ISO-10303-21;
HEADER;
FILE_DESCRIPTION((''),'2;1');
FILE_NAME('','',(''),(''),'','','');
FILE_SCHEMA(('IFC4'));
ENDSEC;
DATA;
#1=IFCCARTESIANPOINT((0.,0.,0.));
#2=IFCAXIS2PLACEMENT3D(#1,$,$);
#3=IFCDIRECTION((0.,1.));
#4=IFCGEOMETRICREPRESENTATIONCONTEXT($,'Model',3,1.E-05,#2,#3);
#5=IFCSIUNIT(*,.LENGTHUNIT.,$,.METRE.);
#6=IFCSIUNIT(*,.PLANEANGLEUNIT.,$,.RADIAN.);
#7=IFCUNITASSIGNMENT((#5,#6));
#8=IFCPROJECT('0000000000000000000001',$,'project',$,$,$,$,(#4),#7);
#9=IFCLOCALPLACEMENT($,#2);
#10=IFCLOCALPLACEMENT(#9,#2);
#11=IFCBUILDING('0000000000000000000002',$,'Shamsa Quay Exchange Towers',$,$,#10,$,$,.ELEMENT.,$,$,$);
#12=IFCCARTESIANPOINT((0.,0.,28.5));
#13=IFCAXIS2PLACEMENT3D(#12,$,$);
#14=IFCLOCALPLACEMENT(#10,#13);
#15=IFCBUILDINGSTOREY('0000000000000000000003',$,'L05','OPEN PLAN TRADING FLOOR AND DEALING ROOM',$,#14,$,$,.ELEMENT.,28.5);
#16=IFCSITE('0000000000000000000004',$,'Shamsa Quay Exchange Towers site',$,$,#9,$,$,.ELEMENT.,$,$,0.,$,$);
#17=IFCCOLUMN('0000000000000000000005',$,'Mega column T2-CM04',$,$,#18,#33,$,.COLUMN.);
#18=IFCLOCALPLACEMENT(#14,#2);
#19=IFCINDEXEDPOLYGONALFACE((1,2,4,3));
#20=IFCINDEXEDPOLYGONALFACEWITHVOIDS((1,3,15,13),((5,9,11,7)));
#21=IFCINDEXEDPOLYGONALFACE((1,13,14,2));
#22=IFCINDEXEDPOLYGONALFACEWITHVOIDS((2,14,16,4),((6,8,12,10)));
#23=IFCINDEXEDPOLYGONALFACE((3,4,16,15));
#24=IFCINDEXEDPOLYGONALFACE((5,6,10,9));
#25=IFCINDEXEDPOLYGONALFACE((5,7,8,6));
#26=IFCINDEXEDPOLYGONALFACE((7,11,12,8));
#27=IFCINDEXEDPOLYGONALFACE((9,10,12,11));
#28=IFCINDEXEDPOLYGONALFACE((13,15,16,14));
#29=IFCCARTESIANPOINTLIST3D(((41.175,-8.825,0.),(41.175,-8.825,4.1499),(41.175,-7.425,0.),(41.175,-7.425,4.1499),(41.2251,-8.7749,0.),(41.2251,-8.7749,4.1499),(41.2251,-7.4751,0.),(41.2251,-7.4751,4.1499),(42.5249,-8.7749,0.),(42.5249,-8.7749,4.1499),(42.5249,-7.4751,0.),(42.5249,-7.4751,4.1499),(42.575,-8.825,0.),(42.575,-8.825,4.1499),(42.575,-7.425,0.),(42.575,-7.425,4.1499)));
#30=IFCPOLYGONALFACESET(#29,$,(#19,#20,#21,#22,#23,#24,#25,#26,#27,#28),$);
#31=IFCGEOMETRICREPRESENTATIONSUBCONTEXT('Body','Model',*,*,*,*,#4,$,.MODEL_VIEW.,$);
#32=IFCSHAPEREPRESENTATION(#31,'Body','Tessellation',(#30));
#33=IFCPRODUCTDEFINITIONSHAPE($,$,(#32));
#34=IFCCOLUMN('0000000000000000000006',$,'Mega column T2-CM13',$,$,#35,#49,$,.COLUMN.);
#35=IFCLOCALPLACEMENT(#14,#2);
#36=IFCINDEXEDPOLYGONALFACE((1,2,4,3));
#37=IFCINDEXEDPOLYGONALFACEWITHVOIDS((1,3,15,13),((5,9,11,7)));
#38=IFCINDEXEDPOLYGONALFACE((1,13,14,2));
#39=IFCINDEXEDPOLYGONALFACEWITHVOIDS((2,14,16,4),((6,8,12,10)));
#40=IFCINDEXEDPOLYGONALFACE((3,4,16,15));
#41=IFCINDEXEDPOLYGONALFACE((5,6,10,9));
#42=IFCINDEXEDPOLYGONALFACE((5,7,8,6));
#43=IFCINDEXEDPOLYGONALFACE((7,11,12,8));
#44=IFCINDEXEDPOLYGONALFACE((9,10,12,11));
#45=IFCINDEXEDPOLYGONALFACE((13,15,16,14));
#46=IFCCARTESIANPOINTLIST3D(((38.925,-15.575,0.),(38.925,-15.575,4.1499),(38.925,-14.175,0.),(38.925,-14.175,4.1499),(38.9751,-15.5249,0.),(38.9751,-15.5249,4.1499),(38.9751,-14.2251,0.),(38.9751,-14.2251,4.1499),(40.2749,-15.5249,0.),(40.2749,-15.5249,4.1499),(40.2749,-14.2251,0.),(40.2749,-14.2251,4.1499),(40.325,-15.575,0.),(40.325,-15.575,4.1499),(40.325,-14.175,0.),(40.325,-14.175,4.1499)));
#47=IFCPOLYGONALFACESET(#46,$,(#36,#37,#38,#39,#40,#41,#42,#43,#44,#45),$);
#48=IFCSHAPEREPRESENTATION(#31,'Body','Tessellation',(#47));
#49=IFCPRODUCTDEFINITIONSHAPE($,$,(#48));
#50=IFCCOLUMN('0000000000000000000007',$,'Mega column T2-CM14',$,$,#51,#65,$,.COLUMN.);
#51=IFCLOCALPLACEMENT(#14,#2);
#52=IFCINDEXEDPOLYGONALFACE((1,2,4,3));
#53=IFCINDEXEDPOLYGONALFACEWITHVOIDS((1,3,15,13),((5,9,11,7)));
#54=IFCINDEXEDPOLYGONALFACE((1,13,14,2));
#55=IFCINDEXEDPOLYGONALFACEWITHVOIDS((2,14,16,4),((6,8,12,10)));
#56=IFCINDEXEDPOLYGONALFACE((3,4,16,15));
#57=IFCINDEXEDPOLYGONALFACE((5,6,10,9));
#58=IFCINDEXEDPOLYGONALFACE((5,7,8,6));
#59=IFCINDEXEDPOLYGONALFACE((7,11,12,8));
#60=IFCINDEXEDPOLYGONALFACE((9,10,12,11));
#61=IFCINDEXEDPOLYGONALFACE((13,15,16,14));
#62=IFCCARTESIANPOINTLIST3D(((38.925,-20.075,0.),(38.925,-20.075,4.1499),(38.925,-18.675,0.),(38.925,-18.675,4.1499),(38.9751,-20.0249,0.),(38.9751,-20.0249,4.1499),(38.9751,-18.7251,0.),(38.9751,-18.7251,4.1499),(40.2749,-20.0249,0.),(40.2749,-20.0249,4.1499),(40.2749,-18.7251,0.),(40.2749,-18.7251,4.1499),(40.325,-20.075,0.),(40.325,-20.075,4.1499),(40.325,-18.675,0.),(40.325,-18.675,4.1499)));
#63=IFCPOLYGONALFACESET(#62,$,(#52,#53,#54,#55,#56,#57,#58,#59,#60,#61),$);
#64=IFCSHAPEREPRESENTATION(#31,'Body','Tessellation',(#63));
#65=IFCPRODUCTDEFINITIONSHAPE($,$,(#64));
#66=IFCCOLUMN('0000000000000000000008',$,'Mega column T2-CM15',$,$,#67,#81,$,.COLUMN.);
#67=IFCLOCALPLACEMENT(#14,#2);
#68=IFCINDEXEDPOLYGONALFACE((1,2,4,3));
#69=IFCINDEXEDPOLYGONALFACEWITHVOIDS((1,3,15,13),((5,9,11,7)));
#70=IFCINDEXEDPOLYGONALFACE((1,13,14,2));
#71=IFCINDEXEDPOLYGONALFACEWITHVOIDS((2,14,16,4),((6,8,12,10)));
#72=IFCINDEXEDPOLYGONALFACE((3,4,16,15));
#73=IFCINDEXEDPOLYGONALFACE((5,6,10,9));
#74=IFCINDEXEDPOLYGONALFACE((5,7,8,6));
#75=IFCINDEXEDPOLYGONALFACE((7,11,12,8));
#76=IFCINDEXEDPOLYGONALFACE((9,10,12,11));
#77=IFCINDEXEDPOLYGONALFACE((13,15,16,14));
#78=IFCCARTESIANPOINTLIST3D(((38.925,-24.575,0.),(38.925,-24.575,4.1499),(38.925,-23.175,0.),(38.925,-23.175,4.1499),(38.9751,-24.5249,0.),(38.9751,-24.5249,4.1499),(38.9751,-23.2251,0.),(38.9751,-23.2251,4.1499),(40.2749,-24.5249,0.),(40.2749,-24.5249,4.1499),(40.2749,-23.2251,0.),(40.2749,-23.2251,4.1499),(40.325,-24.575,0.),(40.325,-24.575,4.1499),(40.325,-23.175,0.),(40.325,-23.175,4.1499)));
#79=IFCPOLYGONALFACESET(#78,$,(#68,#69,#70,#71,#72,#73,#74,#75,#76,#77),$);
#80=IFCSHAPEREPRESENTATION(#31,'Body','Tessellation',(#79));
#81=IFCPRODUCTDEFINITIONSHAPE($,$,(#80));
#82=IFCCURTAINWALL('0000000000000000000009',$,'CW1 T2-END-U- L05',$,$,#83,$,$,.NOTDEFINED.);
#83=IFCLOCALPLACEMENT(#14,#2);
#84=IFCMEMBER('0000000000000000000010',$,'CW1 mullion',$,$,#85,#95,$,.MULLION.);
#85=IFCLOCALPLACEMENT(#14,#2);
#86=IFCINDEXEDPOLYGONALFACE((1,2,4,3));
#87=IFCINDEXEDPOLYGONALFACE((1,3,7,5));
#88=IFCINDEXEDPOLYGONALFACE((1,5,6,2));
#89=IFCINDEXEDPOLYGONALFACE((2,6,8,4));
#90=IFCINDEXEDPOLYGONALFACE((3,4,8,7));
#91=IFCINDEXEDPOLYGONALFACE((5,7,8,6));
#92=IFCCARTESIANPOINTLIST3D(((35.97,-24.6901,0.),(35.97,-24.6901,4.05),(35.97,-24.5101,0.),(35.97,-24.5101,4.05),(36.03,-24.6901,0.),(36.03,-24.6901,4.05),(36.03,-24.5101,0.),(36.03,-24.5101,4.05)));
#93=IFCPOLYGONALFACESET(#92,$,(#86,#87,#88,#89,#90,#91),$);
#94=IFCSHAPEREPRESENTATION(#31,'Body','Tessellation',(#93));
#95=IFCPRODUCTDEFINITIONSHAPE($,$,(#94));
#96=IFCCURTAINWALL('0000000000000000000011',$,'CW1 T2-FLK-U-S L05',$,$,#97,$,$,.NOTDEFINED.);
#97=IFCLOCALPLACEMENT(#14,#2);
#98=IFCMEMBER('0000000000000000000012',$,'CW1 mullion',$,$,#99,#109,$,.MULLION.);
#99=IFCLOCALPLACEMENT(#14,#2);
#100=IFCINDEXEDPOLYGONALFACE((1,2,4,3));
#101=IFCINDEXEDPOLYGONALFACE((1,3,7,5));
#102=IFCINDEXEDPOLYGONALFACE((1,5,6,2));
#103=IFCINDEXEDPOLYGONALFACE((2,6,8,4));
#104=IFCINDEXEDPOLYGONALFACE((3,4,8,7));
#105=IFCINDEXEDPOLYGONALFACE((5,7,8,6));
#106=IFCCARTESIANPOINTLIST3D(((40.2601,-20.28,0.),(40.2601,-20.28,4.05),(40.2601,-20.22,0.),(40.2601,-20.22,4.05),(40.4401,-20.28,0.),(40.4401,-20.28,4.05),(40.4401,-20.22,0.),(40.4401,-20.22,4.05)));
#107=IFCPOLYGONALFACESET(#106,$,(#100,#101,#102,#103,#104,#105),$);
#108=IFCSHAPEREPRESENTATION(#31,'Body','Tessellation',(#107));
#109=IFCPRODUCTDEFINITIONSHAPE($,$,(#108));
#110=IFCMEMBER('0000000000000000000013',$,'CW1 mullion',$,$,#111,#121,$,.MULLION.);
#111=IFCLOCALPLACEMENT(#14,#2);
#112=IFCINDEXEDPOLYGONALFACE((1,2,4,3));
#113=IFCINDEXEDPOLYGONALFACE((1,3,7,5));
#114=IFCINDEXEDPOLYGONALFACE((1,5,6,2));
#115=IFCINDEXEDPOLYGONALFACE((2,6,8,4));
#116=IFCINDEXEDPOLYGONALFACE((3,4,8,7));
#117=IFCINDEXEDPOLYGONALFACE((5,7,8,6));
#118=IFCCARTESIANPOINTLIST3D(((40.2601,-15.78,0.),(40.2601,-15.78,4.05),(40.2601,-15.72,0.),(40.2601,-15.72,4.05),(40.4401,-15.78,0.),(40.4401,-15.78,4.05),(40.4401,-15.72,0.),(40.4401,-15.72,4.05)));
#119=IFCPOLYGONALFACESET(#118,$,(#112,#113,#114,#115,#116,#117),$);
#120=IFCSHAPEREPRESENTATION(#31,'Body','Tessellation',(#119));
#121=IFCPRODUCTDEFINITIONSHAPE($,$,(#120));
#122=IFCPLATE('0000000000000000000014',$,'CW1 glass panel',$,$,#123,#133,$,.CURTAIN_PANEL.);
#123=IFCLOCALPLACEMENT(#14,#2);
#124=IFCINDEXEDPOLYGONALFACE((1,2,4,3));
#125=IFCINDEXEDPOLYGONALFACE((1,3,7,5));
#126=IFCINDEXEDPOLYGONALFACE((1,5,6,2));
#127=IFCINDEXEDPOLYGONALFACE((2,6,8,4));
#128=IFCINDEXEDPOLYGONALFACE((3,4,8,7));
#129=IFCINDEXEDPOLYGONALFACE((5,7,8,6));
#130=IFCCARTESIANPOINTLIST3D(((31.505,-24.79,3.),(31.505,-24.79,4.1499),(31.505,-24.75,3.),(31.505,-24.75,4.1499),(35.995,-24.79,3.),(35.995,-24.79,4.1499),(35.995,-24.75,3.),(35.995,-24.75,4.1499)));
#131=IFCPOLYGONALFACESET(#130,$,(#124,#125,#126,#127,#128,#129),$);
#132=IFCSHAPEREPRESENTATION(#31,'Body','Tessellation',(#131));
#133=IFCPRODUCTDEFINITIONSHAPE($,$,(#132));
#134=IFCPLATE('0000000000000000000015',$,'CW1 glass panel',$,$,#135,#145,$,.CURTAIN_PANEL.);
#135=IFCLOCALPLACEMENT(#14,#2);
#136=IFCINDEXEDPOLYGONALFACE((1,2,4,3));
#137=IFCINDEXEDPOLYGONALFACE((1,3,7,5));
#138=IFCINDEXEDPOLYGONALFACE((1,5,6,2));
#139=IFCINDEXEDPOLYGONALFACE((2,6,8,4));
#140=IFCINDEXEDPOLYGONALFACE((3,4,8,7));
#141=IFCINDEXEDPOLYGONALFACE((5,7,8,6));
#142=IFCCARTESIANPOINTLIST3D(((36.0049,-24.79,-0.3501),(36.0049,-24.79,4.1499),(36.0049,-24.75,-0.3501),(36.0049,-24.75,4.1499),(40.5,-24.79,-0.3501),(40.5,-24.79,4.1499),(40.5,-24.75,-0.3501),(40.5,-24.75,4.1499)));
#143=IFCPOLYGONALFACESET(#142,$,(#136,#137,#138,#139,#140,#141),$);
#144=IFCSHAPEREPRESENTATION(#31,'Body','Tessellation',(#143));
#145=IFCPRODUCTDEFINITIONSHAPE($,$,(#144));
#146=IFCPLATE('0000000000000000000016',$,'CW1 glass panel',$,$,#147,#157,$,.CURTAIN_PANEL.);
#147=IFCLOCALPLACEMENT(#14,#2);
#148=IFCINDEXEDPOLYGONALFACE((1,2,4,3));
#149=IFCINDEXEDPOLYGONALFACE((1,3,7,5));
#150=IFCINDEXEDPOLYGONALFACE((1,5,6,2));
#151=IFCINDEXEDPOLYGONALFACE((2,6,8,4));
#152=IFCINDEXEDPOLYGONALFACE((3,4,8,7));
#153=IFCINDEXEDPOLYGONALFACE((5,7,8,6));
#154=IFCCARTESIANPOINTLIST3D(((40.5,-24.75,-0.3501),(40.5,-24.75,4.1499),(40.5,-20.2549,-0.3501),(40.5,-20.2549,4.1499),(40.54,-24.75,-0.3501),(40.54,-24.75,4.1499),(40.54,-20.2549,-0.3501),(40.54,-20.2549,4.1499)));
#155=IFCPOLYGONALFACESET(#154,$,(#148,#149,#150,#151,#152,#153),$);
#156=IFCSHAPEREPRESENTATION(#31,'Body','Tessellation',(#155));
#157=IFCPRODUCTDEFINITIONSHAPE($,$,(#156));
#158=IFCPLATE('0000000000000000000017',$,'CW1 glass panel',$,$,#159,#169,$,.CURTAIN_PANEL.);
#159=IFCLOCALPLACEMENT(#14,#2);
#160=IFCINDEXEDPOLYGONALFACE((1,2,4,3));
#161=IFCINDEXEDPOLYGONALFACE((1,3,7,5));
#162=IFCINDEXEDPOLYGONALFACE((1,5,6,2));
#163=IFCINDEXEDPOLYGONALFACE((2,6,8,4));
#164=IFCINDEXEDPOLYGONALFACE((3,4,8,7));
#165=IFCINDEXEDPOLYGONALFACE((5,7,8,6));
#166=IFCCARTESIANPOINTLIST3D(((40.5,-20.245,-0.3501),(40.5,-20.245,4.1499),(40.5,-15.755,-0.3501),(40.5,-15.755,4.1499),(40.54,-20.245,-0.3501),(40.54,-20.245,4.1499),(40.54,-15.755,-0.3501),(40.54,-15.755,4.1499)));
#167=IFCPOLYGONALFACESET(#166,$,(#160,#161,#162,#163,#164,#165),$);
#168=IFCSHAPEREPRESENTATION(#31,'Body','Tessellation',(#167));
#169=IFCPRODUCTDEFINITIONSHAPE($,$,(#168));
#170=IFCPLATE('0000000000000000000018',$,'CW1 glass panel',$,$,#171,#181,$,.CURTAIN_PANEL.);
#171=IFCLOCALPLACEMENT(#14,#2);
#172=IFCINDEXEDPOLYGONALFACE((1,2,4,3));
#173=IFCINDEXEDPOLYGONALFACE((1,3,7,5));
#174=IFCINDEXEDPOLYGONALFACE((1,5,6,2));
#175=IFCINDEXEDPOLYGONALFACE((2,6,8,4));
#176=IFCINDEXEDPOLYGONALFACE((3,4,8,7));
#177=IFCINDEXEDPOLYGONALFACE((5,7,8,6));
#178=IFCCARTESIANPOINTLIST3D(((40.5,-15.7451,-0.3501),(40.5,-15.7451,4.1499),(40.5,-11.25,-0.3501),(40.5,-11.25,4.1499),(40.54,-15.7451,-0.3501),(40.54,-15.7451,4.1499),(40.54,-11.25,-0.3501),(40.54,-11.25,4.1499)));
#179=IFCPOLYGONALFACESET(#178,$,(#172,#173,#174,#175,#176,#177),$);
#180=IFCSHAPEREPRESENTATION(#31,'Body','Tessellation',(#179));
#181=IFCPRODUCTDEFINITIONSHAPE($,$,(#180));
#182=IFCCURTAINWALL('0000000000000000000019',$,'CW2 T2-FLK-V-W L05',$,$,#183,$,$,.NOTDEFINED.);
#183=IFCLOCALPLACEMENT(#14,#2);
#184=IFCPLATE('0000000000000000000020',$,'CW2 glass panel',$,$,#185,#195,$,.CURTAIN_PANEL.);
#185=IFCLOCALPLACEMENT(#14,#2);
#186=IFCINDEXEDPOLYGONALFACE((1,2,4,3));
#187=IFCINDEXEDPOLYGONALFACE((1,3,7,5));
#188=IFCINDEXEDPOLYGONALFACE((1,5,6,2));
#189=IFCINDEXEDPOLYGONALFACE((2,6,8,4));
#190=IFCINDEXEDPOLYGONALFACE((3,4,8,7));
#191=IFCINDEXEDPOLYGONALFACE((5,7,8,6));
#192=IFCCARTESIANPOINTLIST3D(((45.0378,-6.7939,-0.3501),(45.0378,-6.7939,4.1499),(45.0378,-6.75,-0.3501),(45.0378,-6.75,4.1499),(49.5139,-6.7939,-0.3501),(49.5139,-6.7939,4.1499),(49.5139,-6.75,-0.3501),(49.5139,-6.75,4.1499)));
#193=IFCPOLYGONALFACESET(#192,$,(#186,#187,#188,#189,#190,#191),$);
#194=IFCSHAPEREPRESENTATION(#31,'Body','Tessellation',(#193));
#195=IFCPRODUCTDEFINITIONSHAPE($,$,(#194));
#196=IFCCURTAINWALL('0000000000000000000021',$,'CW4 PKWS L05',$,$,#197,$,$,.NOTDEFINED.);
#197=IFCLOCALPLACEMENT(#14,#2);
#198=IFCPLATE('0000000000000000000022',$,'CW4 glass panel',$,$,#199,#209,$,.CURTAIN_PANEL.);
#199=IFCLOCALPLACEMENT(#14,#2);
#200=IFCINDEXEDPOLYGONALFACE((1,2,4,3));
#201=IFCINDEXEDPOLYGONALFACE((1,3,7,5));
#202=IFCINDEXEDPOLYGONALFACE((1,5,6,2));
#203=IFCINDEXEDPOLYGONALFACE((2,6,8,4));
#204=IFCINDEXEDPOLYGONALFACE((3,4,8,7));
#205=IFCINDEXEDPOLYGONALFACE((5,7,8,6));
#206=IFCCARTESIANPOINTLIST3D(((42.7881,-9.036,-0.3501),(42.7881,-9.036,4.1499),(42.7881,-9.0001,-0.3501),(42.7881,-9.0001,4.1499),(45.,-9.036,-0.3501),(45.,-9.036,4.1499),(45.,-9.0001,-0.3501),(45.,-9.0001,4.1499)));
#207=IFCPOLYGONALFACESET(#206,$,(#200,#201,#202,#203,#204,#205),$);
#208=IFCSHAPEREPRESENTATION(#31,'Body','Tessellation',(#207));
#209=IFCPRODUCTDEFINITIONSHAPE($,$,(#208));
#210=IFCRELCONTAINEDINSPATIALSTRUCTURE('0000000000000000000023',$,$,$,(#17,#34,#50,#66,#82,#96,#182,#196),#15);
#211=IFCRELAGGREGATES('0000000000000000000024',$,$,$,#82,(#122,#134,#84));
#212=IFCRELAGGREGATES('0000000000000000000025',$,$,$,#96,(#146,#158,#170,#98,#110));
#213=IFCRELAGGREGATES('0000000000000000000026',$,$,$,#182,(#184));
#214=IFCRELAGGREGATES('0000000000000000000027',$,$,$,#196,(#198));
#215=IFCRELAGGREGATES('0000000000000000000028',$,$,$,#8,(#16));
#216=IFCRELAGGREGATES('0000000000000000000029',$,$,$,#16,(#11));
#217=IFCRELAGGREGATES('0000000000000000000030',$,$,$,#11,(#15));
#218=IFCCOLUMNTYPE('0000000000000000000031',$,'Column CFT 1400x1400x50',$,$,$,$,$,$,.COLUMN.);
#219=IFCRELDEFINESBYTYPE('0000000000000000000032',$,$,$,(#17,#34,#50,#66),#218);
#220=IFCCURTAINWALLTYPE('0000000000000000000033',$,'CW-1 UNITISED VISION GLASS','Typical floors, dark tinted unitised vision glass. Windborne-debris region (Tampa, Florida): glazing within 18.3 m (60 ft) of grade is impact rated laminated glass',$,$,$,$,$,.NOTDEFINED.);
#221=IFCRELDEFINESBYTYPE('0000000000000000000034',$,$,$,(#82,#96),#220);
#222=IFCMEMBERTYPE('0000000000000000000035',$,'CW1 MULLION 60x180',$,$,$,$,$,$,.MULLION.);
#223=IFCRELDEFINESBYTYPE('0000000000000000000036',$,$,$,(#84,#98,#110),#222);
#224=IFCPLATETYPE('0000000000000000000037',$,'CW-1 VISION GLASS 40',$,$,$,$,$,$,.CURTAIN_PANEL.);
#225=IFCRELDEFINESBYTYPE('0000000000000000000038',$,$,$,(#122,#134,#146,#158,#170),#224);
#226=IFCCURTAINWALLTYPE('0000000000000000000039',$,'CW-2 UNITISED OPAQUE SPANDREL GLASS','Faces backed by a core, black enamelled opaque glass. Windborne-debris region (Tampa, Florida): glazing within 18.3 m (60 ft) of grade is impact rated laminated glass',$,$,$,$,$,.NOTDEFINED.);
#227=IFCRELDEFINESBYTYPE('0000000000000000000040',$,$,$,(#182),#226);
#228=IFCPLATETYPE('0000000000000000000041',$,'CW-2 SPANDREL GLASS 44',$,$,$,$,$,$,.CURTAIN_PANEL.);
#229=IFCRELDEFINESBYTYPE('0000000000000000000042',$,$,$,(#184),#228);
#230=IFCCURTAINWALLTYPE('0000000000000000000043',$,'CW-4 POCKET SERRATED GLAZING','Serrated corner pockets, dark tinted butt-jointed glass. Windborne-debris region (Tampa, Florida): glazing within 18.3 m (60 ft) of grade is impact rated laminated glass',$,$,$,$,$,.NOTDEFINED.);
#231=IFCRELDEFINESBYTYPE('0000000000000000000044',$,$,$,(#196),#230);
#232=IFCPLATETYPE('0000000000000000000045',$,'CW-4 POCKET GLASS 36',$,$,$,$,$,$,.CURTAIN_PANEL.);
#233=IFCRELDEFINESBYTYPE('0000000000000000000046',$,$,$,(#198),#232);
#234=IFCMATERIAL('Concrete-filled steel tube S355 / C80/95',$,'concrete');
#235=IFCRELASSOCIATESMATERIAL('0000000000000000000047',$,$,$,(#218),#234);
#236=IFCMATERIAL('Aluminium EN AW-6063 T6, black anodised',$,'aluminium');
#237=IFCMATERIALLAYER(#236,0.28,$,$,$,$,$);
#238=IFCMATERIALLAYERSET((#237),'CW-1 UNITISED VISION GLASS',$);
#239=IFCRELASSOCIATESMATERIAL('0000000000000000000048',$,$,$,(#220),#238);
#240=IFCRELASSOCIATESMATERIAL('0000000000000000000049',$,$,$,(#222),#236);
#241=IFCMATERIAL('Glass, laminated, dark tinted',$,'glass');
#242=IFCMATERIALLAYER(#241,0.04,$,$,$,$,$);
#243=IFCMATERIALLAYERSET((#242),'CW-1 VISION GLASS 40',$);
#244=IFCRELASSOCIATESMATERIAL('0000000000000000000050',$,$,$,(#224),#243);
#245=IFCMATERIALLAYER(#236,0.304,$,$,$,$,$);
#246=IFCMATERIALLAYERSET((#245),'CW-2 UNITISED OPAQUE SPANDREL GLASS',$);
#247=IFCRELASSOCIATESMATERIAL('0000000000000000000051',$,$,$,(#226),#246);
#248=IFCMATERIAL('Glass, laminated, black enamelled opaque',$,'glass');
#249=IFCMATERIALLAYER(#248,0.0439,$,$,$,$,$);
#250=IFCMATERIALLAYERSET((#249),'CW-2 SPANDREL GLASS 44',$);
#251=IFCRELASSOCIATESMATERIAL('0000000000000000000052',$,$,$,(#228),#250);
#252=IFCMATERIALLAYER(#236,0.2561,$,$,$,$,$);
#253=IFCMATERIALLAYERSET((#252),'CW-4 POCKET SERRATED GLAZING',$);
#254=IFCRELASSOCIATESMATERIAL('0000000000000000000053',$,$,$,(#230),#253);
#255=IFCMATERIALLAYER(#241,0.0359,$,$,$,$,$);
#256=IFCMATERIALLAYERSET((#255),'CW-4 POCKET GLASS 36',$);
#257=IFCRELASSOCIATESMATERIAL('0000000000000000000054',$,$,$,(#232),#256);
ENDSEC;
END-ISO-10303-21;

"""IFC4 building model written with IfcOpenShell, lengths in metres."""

from ifc_helpers import new_model, si_unit, direction, frame, origin, origin_2d, place, context, subcontext, project, spatial, rectangle, hollow_rectangle, extrude, material, layer, layer_set, material_profile, profile_set, type_object, element, aggregate, save


model = new_model("IFC4")

# Units and contexts
model_context = context("Model", 3, precision=1e-05, world=origin(), true_north=direction((0.0, 1.0)))
body_context = subcontext(model_context, "Body", "Model", "MODEL_VIEW")
ifc_project = project(units=[si_unit("LENGTHUNIT", "METRE"), si_unit("PLANEANGLEUNIT", "RADIAN")], contexts=[model_context])

# Site, building, storey
site_placement = place(None, origin())
site = spatial("IfcSite", under=ifc_project, at=site_placement, Name="Shamsa Quay Exchange Towers site", CompositionType="ELEMENT", RefElevation=0.0)
building_placement = place(site_placement, origin())
building = spatial("IfcBuilding", under=site, at=building_placement, Name="Shamsa Quay Exchange Towers", CompositionType="ELEMENT")
storey_placement = place(building_placement, frame((0.0, 0.0, 28.5)))
storey = spatial("IfcBuildingStorey", under=building, at=storey_placement, Name="L05", Description="OPEN PLAN TRADING FLOOR AND DEALING ROOM", CompositionType="ELEMENT", Elevation=28.5)

# Columns
ifc_material_1 = material(Name="Concrete-filled steel tube S355 / C80/95", Category="concrete")
ifc_material_profile_1 = material_profile(ifc_material_1, hollow_rectangle(XDim=1.3999, YDim=1.3999, WallThickness=0.05, at=origin_2d()), Name="CFT 1400x1400x50")
ifc_profile_set_1 = profile_set([ifc_material_profile_1], Name="Concrete-filled steel tube S355 / C80/95")
column_type = type_object("IfcColumnType", Name="Column CFT 1400x1400x50", PredefinedType="COLUMN", material=ifc_profile_set_1)
for number, where, name in (
    (1, (41.875, -8.125, 0.0), "Mega column T2-CM04"),
    (2, (39.625, -14.875, 0.0), "Mega column T2-CM13"),
    (3, (39.625, -19.375, 0.0), "Mega column T2-CM14"),
    (4, (39.625, -23.875, 0.0), "Mega column T2-CM15"),
):
    element("IfcColumn", number, at=place(storey_placement, frame(where)), inside=storey, type_object=column_type, Name=name, PredefinedType="COLUMN", context=body_context, shape_type="SweptSolid", body=[
        extrude(hollow_rectangle(XDim=1.3999, YDim=1.3999, WallThickness=0.05, at=origin_2d()), origin(), (0.0, 0.0, 1.0), 4.1499),
    ])

# Curtain wall, member
ifc_material_2 = material(Name="Aluminium EN AW-6063 T6, black anodised", Category="aluminium")
ifc_layer_1 = layer(ifc_material_2, 0.28)
ifc_layer_set_1 = layer_set([ifc_layer_1], Name="CW-1 UNITISED VISION GLASS")
curtain_wall_type_1 = type_object("IfcCurtainWallType", Name="CW-1 UNITISED VISION GLASS", Description="Typical floors, dark tinted unitised vision glass. Windborne-debris region (Tampa, Florida): glazing within 18.3 m (60 ft) of grade is impact rated laminated glass", PredefinedType="NOTDEFINED", material=ifc_layer_set_1)
curtain_wall_1_placement = place(storey_placement, origin())
curtain_wall_1 = element("IfcCurtainWall", 5, at=curtain_wall_1_placement, inside=storey, type_object=curtain_wall_type_1, Name="CW1 T2-END-U- L05", PredefinedType="NOTDEFINED")
ifc_material_profile_2 = material_profile(ifc_material_2, rectangle(XDim=0.1799, YDim=0.0601, at=origin_2d()), Name="MU60x180")
ifc_profile_set_2 = profile_set([ifc_material_profile_2], Name="Aluminium EN AW-6063 T6, black anodised")
member_type = type_object("IfcMemberType", Name="CW1 MULLION 60x180", PredefinedType="MULLION", material=ifc_profile_set_2)
member_1_placement = place(storey_placement, frame((36.0, -24.6001, 0.0), z_axis=(0.0, 0.0, 1.0), x_axis=(0.0, 1.0, 0.0)))
member_1 = element("IfcMember", 6, at=member_1_placement, type_object=member_type, Name="CW1 mullion", PredefinedType="MULLION", context=body_context, shape_type="SweptSolid", body=[
    extrude(rectangle(XDim=0.1799, YDim=0.0601, at=origin_2d()), origin(), (0.0, 0.0, 1.0), 4.05),
])

# Curtain wall, members
curtain_wall_2_placement = place(storey_placement, origin())
curtain_wall_2 = element("IfcCurtainWall", 7, at=curtain_wall_2_placement, inside=storey, type_object=curtain_wall_type_1, Name="CW1 T2-FLK-U-S L05", PredefinedType="NOTDEFINED")
member_2_placement = place(storey_placement, frame((40.3501, -20.25, 0.0), z_axis=(0.0, 0.0, 1.0), x_axis=(-1.0, 0.0, 0.0)))
member_2 = element("IfcMember", 8, at=member_2_placement, type_object=member_type, Name="CW1 mullion", PredefinedType="MULLION", context=body_context, shape_type="SweptSolid", body=[
    extrude(rectangle(XDim=0.1799, YDim=0.0601, at=origin_2d()), origin(), (0.0, 0.0, 1.0), 4.05),
])
member_3_placement = place(storey_placement, frame((40.3501, -15.75, 0.0), z_axis=(0.0, 0.0, 1.0), x_axis=(-1.0, 0.0, 0.0)))
member_3 = element("IfcMember", 9, at=member_3_placement, type_object=member_type, Name="CW1 mullion", PredefinedType="MULLION", context=body_context, shape_type="SweptSolid", body=[
    extrude(rectangle(XDim=0.1799, YDim=0.0601, at=origin_2d()), origin(), (0.0, 0.0, 1.0), 4.05),
])

# Plates
ifc_material_3 = material(Name="Glass, laminated, dark tinted", Category="glass")
ifc_layer_2 = layer(ifc_material_3, 0.04)
ifc_layer_set_2 = layer_set([ifc_layer_2], Name="CW-1 VISION GLASS 40")
plate_type_1 = type_object("IfcPlateType", Name="CW-1 VISION GLASS 40", PredefinedType="CURTAIN_PANEL", material=ifc_layer_set_2)
plate_1_placement = place(storey_placement, frame((33.75, -24.77, 3.0)))
plate_1 = element("IfcPlate", 10, at=plate_1_placement, type_object=plate_type_1, Name="CW1 glass panel", PredefinedType="CURTAIN_PANEL", context=body_context, shape_type="SweptSolid", body=[
    extrude(rectangle(XDim=4.49, YDim=0.04, at=origin_2d()), origin(), (0.0, 0.0, 1.0), 1.1499),
])
plate_2_placement = place(storey_placement, frame((38.2524, -24.77, -0.3501)))
plate_2 = element("IfcPlate", 11, at=plate_2_placement, type_object=plate_type_1, Name="CW1 glass panel", PredefinedType="CURTAIN_PANEL", context=body_context, shape_type="SweptSolid", body=[
    extrude(rectangle(XDim=4.4951, YDim=0.04, at=origin_2d()), origin(), (0.0, 0.0, 1.0), 4.5),
])
aggregate(curtain_wall_1, [plate_1, plate_2, member_1])
plate_3_placement = place(storey_placement, frame((40.52, -22.5024, -0.3501), z_axis=(0.0, 0.0, 1.0), x_axis=(0.0, 1.0, 0.0)))
plate_3 = element("IfcPlate", 12, at=plate_3_placement, type_object=plate_type_1, Name="CW1 glass panel", PredefinedType="CURTAIN_PANEL", context=body_context, shape_type="SweptSolid", body=[
    extrude(rectangle(XDim=4.4951, YDim=0.04, at=origin_2d()), origin(), (0.0, 0.0, 1.0), 4.5),
])
plate_4_placement = place(storey_placement, frame((40.52, -18.0, -0.3501), z_axis=(0.0, 0.0, 1.0), x_axis=(0.0, 1.0, 0.0)))
plate_4 = element("IfcPlate", 13, at=plate_4_placement, type_object=plate_type_1, Name="CW1 glass panel", PredefinedType="CURTAIN_PANEL", context=body_context, shape_type="SweptSolid", body=[
    extrude(rectangle(XDim=4.49, YDim=0.04, at=origin_2d()), origin(), (0.0, 0.0, 1.0), 4.5),
])
plate_5_placement = place(storey_placement, frame((40.52, -13.4976, -0.3501), z_axis=(0.0, 0.0, 1.0), x_axis=(0.0, 1.0, 0.0)))
plate_5 = element("IfcPlate", 14, at=plate_5_placement, type_object=plate_type_1, Name="CW1 glass panel", PredefinedType="CURTAIN_PANEL", context=body_context, shape_type="SweptSolid", body=[
    extrude(rectangle(XDim=4.4951, YDim=0.04, at=origin_2d()), origin(), (0.0, 0.0, 1.0), 4.5),
])
aggregate(curtain_wall_2, [plate_3, plate_4, plate_5, member_2, member_3])

# Curtain wall, plate
ifc_layer_3 = layer(ifc_material_2, 0.304)
ifc_layer_set_3 = layer_set([ifc_layer_3], Name="CW-2 UNITISED OPAQUE SPANDREL GLASS")
curtain_wall_type_2 = type_object("IfcCurtainWallType", Name="CW-2 UNITISED OPAQUE SPANDREL GLASS", Description="Faces backed by a core, black enamelled opaque glass. Windborne-debris region (Tampa, Florida): glazing within 18.3 m (60 ft) of grade is impact rated laminated glass", PredefinedType="NOTDEFINED", material=ifc_layer_set_3)
curtain_wall_3_placement = place(storey_placement, origin())
curtain_wall_3 = element("IfcCurtainWall", 15, at=curtain_wall_3_placement, inside=storey, type_object=curtain_wall_type_2, Name="CW2 T2-FLK-V-W L05", PredefinedType="NOTDEFINED")
ifc_material_4 = material(Name="Glass, laminated, black enamelled opaque", Category="glass")
ifc_layer_4 = layer(ifc_material_4, 0.0439)
ifc_layer_set_4 = layer_set([ifc_layer_4], Name="CW-2 SPANDREL GLASS 44")
plate_type_2 = type_object("IfcPlateType", Name="CW-2 SPANDREL GLASS 44", PredefinedType="CURTAIN_PANEL", material=ifc_layer_set_4)
plate_6_placement = place(storey_placement, frame((47.2759, -6.772, -0.3501)))
plate_6 = element("IfcPlate", 16, at=plate_6_placement, type_object=plate_type_2, Name="CW2 glass panel", PredefinedType="CURTAIN_PANEL", context=body_context, shape_type="SweptSolid", body=[
    extrude(rectangle(XDim=4.4761, YDim=0.0439, at=origin_2d()), origin(), (0.0, 0.0, 1.0), 4.5),
])
aggregate(curtain_wall_3, [plate_6])

# Curtain wall, plate
ifc_layer_5 = layer(ifc_material_2, 0.2561)
ifc_layer_set_5 = layer_set([ifc_layer_5], Name="CW-4 POCKET SERRATED GLAZING")
curtain_wall_type_3 = type_object("IfcCurtainWallType", Name="CW-4 POCKET SERRATED GLAZING", Description="Serrated corner pockets, dark tinted butt-jointed glass. Windborne-debris region (Tampa, Florida): glazing within 18.3 m (60 ft) of grade is impact rated laminated glass", PredefinedType="NOTDEFINED", material=ifc_layer_set_5)
curtain_wall_4_placement = place(storey_placement, origin())
curtain_wall_4 = element("IfcCurtainWall", 17, at=curtain_wall_4_placement, inside=storey, type_object=curtain_wall_type_3, Name="CW4 PKWS L05", PredefinedType="NOTDEFINED")
ifc_layer_6 = layer(ifc_material_3, 0.0359)
ifc_layer_set_6 = layer_set([ifc_layer_6], Name="CW-4 POCKET GLASS 36")
plate_type_3 = type_object("IfcPlateType", Name="CW-4 POCKET GLASS 36", PredefinedType="CURTAIN_PANEL", material=ifc_layer_set_6)
plate_7_placement = place(storey_placement, frame((43.894, -9.0181, -0.3501)))
plate_7 = element("IfcPlate", 18, at=plate_7_placement, type_object=plate_type_3, Name="CW4 glass panel", PredefinedType="CURTAIN_PANEL", context=body_context, shape_type="SweptSolid", body=[
    extrude(rectangle(XDim=2.2119, YDim=0.0359, at=origin_2d()), origin(), (0.0, 0.0, 1.0), 4.5),
])
aggregate(curtain_wall_4, [plate_7])

save(model, "model.ifc")
